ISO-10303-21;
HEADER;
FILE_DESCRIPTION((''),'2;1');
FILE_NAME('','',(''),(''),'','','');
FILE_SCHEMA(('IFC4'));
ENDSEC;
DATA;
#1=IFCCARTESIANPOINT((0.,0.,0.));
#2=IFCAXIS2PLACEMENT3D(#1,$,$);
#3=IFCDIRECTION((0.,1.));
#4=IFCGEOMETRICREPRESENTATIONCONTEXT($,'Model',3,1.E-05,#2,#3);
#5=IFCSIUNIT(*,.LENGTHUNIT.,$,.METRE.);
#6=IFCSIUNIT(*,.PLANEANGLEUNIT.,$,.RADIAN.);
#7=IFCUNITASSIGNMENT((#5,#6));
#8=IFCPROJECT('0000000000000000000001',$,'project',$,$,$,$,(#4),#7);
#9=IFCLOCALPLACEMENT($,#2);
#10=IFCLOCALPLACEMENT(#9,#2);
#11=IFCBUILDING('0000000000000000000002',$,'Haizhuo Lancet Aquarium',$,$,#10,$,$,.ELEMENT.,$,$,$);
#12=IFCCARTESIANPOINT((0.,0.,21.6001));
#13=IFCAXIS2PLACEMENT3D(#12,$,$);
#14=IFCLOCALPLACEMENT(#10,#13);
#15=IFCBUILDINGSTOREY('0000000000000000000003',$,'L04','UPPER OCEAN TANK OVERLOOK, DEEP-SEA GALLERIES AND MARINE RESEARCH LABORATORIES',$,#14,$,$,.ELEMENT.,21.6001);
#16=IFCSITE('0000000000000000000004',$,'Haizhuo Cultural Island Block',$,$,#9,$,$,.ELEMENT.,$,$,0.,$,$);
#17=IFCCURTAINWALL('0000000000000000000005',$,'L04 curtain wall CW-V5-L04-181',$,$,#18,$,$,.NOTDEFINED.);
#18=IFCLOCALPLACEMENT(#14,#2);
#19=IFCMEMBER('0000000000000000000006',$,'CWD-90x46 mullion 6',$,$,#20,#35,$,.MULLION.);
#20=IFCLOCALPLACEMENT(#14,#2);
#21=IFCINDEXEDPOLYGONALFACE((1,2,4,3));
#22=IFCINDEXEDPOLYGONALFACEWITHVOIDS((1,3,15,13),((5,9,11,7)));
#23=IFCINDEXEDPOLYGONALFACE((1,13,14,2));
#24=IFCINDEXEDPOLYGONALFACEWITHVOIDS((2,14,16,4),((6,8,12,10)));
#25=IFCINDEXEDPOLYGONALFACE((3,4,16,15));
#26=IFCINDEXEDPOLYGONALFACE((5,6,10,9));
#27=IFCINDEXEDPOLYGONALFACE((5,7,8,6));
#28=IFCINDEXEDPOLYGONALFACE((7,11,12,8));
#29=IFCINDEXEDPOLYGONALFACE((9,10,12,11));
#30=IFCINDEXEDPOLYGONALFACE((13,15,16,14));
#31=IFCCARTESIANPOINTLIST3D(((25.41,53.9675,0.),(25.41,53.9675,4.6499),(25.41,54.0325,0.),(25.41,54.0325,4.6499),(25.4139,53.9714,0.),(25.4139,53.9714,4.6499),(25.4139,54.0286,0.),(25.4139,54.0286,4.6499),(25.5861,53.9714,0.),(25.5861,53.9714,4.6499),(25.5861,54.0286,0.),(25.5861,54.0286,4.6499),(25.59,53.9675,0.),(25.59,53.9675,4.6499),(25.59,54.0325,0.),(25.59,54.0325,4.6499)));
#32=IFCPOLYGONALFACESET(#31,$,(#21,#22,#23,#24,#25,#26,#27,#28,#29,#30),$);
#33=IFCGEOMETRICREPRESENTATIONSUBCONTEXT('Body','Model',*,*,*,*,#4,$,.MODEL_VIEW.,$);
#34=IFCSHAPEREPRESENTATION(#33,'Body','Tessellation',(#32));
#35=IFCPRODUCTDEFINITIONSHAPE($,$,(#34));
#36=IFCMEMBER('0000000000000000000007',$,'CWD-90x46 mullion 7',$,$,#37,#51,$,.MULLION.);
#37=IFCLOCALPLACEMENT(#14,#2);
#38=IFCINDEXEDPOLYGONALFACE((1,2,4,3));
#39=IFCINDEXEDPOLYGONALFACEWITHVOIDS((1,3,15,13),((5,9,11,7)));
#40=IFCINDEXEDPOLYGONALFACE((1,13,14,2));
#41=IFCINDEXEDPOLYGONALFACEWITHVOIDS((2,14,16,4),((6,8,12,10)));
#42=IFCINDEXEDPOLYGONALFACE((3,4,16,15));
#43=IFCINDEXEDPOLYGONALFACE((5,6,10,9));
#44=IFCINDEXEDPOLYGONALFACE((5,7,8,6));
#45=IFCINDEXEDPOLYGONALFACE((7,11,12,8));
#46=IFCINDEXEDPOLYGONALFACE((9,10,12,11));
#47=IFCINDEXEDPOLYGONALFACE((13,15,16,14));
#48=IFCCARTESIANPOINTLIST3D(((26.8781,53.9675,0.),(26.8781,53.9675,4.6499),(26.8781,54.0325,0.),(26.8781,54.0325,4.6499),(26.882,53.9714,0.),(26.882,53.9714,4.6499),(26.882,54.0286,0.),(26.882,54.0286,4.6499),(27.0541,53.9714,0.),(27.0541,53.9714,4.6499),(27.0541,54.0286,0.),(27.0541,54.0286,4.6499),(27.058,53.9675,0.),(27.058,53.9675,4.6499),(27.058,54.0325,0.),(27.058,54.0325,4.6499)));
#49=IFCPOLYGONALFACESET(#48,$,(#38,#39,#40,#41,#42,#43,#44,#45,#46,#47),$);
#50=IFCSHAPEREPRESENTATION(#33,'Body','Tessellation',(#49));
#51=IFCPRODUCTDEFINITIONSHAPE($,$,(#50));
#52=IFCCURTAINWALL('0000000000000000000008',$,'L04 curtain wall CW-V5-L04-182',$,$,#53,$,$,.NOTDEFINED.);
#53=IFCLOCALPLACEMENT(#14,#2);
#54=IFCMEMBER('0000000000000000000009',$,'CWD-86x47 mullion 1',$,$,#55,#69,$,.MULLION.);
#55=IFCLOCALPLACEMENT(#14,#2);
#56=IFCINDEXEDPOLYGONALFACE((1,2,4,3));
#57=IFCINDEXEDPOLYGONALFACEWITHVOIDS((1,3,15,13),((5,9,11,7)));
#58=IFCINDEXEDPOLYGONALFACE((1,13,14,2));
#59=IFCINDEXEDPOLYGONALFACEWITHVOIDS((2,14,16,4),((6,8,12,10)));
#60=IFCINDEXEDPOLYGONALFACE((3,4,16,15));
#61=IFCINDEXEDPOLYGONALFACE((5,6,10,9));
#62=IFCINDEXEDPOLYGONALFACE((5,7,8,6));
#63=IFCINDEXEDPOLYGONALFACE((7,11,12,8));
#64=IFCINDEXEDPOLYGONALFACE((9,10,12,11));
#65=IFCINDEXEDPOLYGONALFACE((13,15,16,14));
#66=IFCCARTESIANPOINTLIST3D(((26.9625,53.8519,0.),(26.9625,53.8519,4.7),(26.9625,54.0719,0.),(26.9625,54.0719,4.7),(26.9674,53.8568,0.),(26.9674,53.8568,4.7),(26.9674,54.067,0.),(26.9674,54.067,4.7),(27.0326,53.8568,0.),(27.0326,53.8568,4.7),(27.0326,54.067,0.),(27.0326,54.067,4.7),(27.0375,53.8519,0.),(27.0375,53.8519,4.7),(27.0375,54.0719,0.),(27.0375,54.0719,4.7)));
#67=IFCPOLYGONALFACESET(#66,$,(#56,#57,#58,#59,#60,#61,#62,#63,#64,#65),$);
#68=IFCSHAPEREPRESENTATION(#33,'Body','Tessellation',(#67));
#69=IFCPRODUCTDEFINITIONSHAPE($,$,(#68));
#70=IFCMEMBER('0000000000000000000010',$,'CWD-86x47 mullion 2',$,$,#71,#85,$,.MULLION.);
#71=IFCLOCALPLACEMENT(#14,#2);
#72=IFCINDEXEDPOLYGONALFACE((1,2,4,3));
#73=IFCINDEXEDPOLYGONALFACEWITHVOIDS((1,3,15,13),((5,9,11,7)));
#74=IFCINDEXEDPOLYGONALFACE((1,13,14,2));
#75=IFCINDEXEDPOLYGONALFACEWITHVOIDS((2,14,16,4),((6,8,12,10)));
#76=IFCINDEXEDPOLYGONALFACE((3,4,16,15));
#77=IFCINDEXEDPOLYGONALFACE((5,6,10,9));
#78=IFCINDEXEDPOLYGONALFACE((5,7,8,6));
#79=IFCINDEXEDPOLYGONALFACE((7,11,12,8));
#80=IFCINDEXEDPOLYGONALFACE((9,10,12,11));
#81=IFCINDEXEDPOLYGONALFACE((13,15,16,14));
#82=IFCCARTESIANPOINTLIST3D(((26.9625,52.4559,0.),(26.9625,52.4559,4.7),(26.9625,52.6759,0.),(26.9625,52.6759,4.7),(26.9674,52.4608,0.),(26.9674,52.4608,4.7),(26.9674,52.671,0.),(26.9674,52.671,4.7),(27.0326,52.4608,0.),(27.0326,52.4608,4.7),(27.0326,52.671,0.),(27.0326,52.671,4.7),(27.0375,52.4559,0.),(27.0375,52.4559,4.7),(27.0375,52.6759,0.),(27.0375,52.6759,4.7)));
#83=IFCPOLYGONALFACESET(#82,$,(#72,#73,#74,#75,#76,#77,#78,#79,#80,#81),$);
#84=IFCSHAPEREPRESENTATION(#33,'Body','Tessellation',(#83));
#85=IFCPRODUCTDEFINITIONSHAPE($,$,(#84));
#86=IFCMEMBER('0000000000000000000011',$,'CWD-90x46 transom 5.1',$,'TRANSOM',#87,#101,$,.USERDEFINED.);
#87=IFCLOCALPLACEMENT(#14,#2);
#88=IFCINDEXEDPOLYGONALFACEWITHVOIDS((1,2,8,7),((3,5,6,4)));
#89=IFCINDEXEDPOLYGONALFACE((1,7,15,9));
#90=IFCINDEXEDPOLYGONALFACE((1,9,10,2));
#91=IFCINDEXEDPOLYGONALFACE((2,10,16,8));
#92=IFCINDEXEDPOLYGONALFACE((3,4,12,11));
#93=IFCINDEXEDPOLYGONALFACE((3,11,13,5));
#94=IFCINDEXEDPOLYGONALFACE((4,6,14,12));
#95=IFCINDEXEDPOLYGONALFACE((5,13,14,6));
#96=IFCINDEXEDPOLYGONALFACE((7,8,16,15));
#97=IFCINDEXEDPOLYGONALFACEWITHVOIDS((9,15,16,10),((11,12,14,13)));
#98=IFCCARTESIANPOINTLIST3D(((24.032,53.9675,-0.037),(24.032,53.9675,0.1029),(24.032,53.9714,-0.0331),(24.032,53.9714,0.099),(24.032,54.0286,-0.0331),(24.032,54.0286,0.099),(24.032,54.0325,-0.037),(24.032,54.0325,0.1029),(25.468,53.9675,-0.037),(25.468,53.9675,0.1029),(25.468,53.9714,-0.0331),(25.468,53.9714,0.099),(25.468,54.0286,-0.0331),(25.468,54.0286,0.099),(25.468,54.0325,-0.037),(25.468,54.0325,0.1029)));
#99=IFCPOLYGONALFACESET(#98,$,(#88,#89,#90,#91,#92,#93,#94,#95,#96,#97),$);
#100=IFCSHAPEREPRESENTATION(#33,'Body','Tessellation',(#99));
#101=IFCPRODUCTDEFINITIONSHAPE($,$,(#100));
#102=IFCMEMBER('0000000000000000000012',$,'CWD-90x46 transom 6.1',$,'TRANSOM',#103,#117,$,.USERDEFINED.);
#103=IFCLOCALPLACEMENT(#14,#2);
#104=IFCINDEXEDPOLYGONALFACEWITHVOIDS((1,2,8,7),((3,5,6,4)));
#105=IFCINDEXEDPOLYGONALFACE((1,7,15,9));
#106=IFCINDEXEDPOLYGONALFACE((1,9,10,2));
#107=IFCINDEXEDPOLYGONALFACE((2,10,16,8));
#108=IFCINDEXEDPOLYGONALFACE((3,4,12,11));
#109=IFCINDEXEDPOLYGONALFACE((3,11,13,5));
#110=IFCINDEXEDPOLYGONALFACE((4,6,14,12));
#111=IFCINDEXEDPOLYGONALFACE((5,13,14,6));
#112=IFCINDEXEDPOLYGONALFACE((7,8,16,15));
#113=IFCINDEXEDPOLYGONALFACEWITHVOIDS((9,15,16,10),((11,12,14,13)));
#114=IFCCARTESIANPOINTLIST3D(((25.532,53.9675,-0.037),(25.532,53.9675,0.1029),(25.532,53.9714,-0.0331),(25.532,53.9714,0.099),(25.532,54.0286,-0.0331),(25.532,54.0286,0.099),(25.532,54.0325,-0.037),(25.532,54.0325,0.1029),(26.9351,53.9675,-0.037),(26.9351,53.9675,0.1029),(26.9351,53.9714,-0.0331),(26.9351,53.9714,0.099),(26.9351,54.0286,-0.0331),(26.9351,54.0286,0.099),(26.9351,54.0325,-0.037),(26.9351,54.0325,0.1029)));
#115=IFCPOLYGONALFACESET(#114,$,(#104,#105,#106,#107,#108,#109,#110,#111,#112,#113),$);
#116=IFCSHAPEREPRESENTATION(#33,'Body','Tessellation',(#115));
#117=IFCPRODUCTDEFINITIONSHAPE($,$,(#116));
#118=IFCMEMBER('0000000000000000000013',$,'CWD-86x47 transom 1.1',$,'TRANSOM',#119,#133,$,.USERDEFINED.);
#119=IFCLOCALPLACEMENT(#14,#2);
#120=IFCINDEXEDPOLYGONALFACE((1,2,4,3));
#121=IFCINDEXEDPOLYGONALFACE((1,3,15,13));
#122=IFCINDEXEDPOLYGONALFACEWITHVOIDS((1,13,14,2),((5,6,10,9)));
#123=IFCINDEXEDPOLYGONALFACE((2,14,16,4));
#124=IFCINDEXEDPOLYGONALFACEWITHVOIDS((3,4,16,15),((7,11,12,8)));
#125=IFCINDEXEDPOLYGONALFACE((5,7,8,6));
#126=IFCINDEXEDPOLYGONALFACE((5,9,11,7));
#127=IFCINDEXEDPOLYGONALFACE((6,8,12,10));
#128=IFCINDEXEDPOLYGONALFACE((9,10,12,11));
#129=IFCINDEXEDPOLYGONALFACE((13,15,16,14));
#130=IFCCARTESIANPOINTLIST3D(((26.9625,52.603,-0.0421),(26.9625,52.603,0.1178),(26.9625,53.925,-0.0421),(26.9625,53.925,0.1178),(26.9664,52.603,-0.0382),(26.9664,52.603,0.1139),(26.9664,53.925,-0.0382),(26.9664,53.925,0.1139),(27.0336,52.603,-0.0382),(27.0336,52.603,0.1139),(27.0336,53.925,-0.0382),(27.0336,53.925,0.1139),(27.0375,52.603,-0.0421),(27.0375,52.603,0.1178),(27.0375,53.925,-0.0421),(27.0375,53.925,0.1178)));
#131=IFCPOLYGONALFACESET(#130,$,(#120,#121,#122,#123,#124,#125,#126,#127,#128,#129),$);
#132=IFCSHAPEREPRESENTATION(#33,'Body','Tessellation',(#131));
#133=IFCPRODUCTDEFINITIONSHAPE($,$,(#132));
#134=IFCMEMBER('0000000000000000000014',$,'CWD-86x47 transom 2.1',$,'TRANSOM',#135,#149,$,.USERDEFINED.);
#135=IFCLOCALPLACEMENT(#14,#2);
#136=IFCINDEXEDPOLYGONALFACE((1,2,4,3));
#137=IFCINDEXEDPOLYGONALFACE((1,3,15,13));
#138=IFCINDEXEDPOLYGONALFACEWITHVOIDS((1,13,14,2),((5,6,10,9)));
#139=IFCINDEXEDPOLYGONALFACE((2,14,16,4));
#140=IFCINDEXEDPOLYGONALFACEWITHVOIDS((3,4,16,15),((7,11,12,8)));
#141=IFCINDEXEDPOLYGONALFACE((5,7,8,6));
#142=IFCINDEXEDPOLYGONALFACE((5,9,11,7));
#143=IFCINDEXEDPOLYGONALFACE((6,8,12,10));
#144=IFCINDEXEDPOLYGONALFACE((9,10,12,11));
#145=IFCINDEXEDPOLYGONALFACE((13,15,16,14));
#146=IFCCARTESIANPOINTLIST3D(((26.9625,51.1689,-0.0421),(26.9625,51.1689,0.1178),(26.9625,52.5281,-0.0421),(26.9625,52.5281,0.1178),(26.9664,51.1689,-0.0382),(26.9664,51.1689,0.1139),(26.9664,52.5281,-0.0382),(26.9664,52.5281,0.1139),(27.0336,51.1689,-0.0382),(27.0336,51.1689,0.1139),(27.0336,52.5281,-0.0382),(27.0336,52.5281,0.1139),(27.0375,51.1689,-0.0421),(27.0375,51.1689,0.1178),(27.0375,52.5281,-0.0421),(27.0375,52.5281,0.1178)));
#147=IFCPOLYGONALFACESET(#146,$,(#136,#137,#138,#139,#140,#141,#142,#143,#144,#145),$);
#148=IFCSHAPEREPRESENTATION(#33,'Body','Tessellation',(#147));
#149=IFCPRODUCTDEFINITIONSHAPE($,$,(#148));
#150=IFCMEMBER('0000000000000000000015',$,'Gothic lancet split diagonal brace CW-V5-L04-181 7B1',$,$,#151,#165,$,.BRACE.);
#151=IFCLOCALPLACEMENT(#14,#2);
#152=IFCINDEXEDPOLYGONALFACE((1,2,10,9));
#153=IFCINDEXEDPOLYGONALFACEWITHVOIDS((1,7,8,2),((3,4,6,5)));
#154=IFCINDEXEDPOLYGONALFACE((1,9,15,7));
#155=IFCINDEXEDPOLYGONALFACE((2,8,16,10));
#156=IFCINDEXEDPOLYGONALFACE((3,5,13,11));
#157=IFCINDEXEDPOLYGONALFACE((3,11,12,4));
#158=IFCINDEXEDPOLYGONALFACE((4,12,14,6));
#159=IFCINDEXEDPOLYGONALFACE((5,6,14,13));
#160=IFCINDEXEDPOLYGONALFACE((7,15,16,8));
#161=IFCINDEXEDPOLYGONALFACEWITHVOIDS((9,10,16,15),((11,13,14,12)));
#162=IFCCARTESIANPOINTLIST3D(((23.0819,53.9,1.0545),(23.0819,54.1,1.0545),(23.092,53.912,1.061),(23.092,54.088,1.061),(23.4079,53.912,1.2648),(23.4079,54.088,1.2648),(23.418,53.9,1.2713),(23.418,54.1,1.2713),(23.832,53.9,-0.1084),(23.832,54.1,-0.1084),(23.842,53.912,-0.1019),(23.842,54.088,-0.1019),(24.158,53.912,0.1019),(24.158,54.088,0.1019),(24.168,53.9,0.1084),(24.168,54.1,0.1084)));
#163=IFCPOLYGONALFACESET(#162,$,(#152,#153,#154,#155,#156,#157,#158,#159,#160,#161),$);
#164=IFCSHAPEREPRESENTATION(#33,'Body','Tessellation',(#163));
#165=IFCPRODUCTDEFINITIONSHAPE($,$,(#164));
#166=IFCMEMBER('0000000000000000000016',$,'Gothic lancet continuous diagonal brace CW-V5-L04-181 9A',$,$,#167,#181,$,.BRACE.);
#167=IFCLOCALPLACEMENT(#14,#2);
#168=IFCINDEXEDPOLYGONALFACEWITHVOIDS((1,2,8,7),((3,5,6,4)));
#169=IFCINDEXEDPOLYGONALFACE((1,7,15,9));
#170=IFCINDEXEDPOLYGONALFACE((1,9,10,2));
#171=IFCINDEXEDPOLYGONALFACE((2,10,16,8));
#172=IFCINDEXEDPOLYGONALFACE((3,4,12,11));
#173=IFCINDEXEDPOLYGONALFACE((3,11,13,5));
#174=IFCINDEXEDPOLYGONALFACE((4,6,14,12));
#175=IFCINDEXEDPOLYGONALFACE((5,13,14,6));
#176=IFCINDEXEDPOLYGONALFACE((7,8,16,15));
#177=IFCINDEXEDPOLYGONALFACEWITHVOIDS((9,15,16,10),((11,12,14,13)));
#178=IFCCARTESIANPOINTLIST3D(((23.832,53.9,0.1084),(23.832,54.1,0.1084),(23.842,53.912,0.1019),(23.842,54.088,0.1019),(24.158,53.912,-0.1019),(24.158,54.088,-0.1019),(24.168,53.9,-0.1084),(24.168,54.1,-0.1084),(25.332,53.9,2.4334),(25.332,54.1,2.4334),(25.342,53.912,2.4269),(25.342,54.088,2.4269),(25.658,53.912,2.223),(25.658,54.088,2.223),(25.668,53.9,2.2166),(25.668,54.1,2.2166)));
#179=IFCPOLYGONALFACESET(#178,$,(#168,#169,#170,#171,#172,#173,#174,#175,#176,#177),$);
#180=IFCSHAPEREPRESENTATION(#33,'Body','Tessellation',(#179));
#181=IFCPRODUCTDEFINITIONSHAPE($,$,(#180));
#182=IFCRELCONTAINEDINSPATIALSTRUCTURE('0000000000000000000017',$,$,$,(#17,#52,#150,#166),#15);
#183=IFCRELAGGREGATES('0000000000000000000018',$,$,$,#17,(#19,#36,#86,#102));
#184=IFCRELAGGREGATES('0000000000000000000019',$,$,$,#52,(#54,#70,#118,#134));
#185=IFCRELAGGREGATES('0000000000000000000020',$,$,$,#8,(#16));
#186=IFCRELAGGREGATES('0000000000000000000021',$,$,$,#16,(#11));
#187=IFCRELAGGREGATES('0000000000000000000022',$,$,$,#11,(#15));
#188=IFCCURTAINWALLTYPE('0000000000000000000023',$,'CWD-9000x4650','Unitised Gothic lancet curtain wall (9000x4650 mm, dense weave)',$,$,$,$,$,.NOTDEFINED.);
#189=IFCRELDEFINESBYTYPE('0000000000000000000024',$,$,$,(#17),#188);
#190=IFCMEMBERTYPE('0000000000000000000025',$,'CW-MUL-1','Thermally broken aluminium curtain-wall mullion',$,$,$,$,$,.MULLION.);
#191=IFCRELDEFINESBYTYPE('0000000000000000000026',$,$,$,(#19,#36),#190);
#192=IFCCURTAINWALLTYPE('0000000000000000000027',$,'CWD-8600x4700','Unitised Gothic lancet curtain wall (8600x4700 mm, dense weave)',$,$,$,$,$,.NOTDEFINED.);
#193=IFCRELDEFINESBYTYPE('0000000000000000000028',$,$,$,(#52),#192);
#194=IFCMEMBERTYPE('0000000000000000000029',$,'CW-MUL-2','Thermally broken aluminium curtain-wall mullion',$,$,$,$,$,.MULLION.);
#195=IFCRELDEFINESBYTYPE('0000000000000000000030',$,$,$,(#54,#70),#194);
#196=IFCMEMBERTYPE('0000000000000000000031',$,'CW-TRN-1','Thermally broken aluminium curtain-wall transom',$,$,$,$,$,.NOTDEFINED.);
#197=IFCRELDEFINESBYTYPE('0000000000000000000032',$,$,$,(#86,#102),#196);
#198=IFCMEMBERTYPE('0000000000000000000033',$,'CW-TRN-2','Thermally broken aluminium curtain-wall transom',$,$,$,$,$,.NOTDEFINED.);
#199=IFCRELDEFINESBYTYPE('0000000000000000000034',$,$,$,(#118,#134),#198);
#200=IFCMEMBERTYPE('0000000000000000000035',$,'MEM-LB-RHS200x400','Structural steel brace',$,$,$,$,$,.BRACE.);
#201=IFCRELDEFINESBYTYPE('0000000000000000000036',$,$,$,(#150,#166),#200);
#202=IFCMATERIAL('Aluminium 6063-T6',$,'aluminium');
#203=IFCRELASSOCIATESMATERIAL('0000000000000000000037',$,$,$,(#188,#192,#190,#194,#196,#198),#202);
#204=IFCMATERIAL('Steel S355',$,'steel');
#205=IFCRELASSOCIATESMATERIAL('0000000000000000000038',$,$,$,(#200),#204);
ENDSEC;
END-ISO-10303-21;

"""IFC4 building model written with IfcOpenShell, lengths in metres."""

from ifc_helpers import new_model, si_unit, direction, frame, origin, origin_2d, place, context, subcontext, project, spatial, hollow_rectangle, extrude, material, material_profile, profile_set, type_object, element, aggregate, save


model = new_model("IFC4")

# Units and contexts
model_context = context("Model", 3, precision=1e-05, world=origin(), true_north=direction((0.0, 1.0)))
body_context = subcontext(model_context, "Body", "Model", "MODEL_VIEW")
ifc_project = project(units=[si_unit("LENGTHUNIT", "METRE"), si_unit("PLANEANGLEUNIT", "RADIAN")], contexts=[model_context])

# Site, building, storey
site_placement = place(None, origin())
site = spatial("IfcSite", under=ifc_project, at=site_placement, Name="Haizhuo Cultural Island Block", CompositionType="ELEMENT", RefElevation=0.0)
building_placement = place(site_placement, origin())
building = spatial("IfcBuilding", under=site, at=building_placement, Name="Haizhuo Lancet Aquarium", CompositionType="ELEMENT")
storey_placement = place(building_placement, frame((0.0, 0.0, 21.6001)))
storey = spatial("IfcBuildingStorey", under=building, at=storey_placement, Name="L04", Description="UPPER OCEAN TANK OVERLOOK, DEEP-SEA GALLERIES AND MARINE RESEARCH LABORATORIES", CompositionType="ELEMENT", Elevation=21.6001)

# Curtain walls, members
ifc_material_1 = material(Name="Aluminium 6063-T6", Category="aluminium")
curtain_wall_type_1 = type_object("IfcCurtainWallType", Name="CWD-9000x4650", Description="Unitised Gothic lancet curtain wall (9000x4650 mm, dense weave)", PredefinedType="NOTDEFINED", material=ifc_material_1)
curtain_wall_1_placement = place(storey_placement, origin())
curtain_wall_1 = element("IfcCurtainWall", 1, at=curtain_wall_1_placement, inside=storey, type_object=curtain_wall_type_1, Name="L04 curtain wall CW-V5-L04-181", PredefinedType="NOTDEFINED")
ifc_material_profile_1 = material_profile(ifc_material_1, hollow_rectangle(XDim=0.0649, YDim=0.1799, WallThickness=0.0039, at=origin_2d()), Name="ALU-M 65x180x4")
ifc_profile_set_1 = profile_set([ifc_material_profile_1], Name="Aluminium 6063-T6")
member_type_1 = type_object("IfcMemberType", Name="CW-MUL-1", Description="Thermally broken aluminium curtain-wall mullion", PredefinedType="MULLION", material=ifc_profile_set_1)
member_1_placement = place(storey_placement, frame((25.5, 54.0, 0.0), z_axis=(0.0, 0.0, 1.0), x_axis=(0.0, 1.0, 0.0)))
member_1 = element("IfcMember", 2, at=member_1_placement, type_object=member_type_1, Name="CWD-90x46 mullion 6", PredefinedType="MULLION", context=body_context, shape_type="SweptSolid", body=[
    extrude(hollow_rectangle(XDim=0.0649, YDim=0.1799, WallThickness=0.0039, at=origin_2d()), origin(), (0.0, 0.0, 1.0), 4.6499),
])
member_2_placement = place(storey_placement, frame((26.968, 54.0, 0.0), z_axis=(0.0, 0.0, 1.0), x_axis=(0.0, 1.0, 0.0)))
member_2 = element("IfcMember", 3, at=member_2_placement, type_object=member_type_1, Name="CWD-90x46 mullion 7", PredefinedType="MULLION", context=body_context, shape_type="SweptSolid", body=[
    extrude(hollow_rectangle(XDim=0.0649, YDim=0.1799, WallThickness=0.0039, at=origin_2d()), origin(), (0.0, 0.0, 1.0), 4.6499),
])
curtain_wall_type_2 = type_object("IfcCurtainWallType", Name="CWD-8600x4700", Description="Unitised Gothic lancet curtain wall (8600x4700 mm, dense weave)", PredefinedType="NOTDEFINED", material=ifc_material_1)
curtain_wall_2_placement = place(storey_placement, origin())
curtain_wall_2 = element("IfcCurtainWall", 4, at=curtain_wall_2_placement, inside=storey, type_object=curtain_wall_type_2, Name="L04 curtain wall CW-V5-L04-182", PredefinedType="NOTDEFINED")
ifc_material_profile_2 = material_profile(ifc_material_1, hollow_rectangle(XDim=0.075, YDim=0.22, WallThickness=0.0049, at=origin_2d()), Name="ALU-M 75x220x5")
ifc_profile_set_2 = profile_set([ifc_material_profile_2], Name="Aluminium 6063-T6")
member_type_2 = type_object("IfcMemberType", Name="CW-MUL-2", Description="Thermally broken aluminium curtain-wall mullion", PredefinedType="MULLION", material=ifc_profile_set_2)
member_3_placement = place(storey_placement, frame((27.0, 53.9619, 0.0), z_axis=(0.0, 0.0, 1.0), x_axis=(1.0, 0.0, 0.0)))
member_3 = element("IfcMember", 5, at=member_3_placement, type_object=member_type_2, Name="CWD-86x47 mullion 1", PredefinedType="MULLION", context=body_context, shape_type="SweptSolid", body=[
    extrude(hollow_rectangle(XDim=0.075, YDim=0.22, WallThickness=0.0049, at=origin_2d()), origin(), (0.0, 0.0, 1.0), 4.7),
])
member_4_placement = place(storey_placement, frame((27.0, 52.5659, 0.0), z_axis=(0.0, 0.0, 1.0), x_axis=(1.0, 0.0, 0.0)))
member_4 = element("IfcMember", 6, at=member_4_placement, type_object=member_type_2, Name="CWD-86x47 mullion 2", PredefinedType="MULLION", context=body_context, shape_type="SweptSolid", body=[
    extrude(hollow_rectangle(XDim=0.075, YDim=0.22, WallThickness=0.0049, at=origin_2d()), origin(), (0.0, 0.0, 1.0), 4.7),
])

# Members
ifc_material_profile_3 = material_profile(ifc_material_1, hollow_rectangle(XDim=0.0649, YDim=0.1399, WallThickness=0.0039, at=origin_2d()), Name="ALU-T 65x140x4")
ifc_profile_set_3 = profile_set([ifc_material_profile_3], Name="Aluminium 6063-T6")
member_type_3 = type_object("IfcMemberType", Name="CW-TRN-1", Description="Thermally broken aluminium curtain-wall transom", PredefinedType="NOTDEFINED", material=ifc_profile_set_3)
member_5_placement = place(storey_placement, frame((24.032, 54.0, 0.033), z_axis=(1.0, 0.0, 0.0), x_axis=(0.0, 1.0, 0.0)))
member_5 = element("IfcMember", 7, at=member_5_placement, type_object=member_type_3, Name="CWD-90x46 transom 5.1", ObjectType="TRANSOM", PredefinedType="USERDEFINED", context=body_context, shape_type="SweptSolid", body=[
    extrude(hollow_rectangle(XDim=0.0649, YDim=0.1399, WallThickness=0.0039, at=origin_2d()), origin(), (0.0, 0.0, 1.0), 1.436),
])
member_6_placement = place(storey_placement, frame((25.532, 54.0, 0.033), z_axis=(1.0, 0.0, 0.0), x_axis=(0.0, 1.0, 0.0)))
member_6 = element("IfcMember", 8, at=member_6_placement, type_object=member_type_3, Name="CWD-90x46 transom 6.1", ObjectType="TRANSOM", PredefinedType="USERDEFINED", context=body_context, shape_type="SweptSolid", body=[
    extrude(hollow_rectangle(XDim=0.0649, YDim=0.1399, WallThickness=0.0039, at=origin_2d()), origin(), (0.0, 0.0, 1.0), 1.4031),
])
ifc_material_profile_4 = material_profile(ifc_material_1, hollow_rectangle(XDim=0.075, YDim=0.1599, WallThickness=0.0039, at=origin_2d()), Name="ALU-T 75x160x4")
ifc_profile_set_4 = profile_set([ifc_material_profile_4], Name="Aluminium 6063-T6")
member_type_4 = type_object("IfcMemberType", Name="CW-TRN-2", Description="Thermally broken aluminium curtain-wall transom", PredefinedType="NOTDEFINED", material=ifc_profile_set_4)
member_7_placement = place(storey_placement, frame((27.0, 53.925, 0.0378), z_axis=(0.0, -1.0, 0.0), x_axis=(1.0, 0.0, 0.0)))
member_7 = element("IfcMember", 9, at=member_7_placement, type_object=member_type_4, Name="CWD-86x47 transom 1.1", ObjectType="TRANSOM", PredefinedType="USERDEFINED", context=body_context, shape_type="SweptSolid", body=[
    extrude(hollow_rectangle(XDim=0.075, YDim=0.1599, WallThickness=0.0039, at=origin_2d()), origin(), (0.0, 0.0, 1.0), 1.322),
])
member_8_placement = place(storey_placement, frame((27.0, 52.5281, 0.0378), z_axis=(0.0, -1.0, 0.0), x_axis=(1.0, 0.0, 0.0)))
member_8 = element("IfcMember", 10, at=member_8_placement, type_object=member_type_4, Name="CWD-86x47 transom 2.1", ObjectType="TRANSOM", PredefinedType="USERDEFINED", context=body_context, shape_type="SweptSolid", body=[
    extrude(hollow_rectangle(XDim=0.075, YDim=0.1599, WallThickness=0.0039, at=origin_2d()), origin(), (0.0, 0.0, 1.0), 1.3591),
])

# Members
ifc_material_2 = material(Name="Steel S355", Category="steel")
ifc_material_profile_5 = material_profile(ifc_material_2, hollow_rectangle(XDim=0.2, YDim=0.3999, WallThickness=0.012, at=origin_2d()), Name="RHS 200x400x12")
ifc_profile_set_5 = profile_set([ifc_material_profile_5], Name="Steel S355")
member_type_5 = type_object("IfcMemberType", Name="MEM-LB-RHS200x400", Description="Structural steel brace", PredefinedType="BRACE", material=ifc_profile_set_5)
member_9_placement = place(storey_placement, frame((24.0, 54.0, 0.0), z_axis=(-0.542014, 0.0, 0.840369), x_axis=(0.0, -1.0, 0.0)))
element("IfcMember", 11, at=member_9_placement, inside=storey, type_object=member_type_5, Name="Gothic lancet split diagonal brace CW-V5-L04-181 7B1", PredefinedType="BRACE", context=body_context, shape_type="SweptSolid", body=[
    extrude(hollow_rectangle(XDim=0.2, YDim=0.3999, WallThickness=0.012, at=origin_2d()), origin(), (0.0, 0.0, 1.0), 1.3838),
])
member_10_placement = place(storey_placement, frame((24.0, 54.0, 0.0), z_axis=(0.542135, 0.0, 0.840291), x_axis=(0.0, 1.0, 0.0)))
element("IfcMember", 12, at=member_10_placement, inside=storey, type_object=member_type_5, Name="Gothic lancet continuous diagonal brace CW-V5-L04-181 9A", PredefinedType="BRACE", context=body_context, shape_type="SweptSolid", body=[
    extrude(hollow_rectangle(XDim=0.2, YDim=0.3999, WallThickness=0.012, at=origin_2d()), origin(), (0.0, 0.0, 1.0), 2.7668),
])

aggregate(curtain_wall_1, [member_1, member_2, member_5, member_6])
aggregate(curtain_wall_2, [member_3, member_4, member_7, member_8])

save(model, "model.ifc")
